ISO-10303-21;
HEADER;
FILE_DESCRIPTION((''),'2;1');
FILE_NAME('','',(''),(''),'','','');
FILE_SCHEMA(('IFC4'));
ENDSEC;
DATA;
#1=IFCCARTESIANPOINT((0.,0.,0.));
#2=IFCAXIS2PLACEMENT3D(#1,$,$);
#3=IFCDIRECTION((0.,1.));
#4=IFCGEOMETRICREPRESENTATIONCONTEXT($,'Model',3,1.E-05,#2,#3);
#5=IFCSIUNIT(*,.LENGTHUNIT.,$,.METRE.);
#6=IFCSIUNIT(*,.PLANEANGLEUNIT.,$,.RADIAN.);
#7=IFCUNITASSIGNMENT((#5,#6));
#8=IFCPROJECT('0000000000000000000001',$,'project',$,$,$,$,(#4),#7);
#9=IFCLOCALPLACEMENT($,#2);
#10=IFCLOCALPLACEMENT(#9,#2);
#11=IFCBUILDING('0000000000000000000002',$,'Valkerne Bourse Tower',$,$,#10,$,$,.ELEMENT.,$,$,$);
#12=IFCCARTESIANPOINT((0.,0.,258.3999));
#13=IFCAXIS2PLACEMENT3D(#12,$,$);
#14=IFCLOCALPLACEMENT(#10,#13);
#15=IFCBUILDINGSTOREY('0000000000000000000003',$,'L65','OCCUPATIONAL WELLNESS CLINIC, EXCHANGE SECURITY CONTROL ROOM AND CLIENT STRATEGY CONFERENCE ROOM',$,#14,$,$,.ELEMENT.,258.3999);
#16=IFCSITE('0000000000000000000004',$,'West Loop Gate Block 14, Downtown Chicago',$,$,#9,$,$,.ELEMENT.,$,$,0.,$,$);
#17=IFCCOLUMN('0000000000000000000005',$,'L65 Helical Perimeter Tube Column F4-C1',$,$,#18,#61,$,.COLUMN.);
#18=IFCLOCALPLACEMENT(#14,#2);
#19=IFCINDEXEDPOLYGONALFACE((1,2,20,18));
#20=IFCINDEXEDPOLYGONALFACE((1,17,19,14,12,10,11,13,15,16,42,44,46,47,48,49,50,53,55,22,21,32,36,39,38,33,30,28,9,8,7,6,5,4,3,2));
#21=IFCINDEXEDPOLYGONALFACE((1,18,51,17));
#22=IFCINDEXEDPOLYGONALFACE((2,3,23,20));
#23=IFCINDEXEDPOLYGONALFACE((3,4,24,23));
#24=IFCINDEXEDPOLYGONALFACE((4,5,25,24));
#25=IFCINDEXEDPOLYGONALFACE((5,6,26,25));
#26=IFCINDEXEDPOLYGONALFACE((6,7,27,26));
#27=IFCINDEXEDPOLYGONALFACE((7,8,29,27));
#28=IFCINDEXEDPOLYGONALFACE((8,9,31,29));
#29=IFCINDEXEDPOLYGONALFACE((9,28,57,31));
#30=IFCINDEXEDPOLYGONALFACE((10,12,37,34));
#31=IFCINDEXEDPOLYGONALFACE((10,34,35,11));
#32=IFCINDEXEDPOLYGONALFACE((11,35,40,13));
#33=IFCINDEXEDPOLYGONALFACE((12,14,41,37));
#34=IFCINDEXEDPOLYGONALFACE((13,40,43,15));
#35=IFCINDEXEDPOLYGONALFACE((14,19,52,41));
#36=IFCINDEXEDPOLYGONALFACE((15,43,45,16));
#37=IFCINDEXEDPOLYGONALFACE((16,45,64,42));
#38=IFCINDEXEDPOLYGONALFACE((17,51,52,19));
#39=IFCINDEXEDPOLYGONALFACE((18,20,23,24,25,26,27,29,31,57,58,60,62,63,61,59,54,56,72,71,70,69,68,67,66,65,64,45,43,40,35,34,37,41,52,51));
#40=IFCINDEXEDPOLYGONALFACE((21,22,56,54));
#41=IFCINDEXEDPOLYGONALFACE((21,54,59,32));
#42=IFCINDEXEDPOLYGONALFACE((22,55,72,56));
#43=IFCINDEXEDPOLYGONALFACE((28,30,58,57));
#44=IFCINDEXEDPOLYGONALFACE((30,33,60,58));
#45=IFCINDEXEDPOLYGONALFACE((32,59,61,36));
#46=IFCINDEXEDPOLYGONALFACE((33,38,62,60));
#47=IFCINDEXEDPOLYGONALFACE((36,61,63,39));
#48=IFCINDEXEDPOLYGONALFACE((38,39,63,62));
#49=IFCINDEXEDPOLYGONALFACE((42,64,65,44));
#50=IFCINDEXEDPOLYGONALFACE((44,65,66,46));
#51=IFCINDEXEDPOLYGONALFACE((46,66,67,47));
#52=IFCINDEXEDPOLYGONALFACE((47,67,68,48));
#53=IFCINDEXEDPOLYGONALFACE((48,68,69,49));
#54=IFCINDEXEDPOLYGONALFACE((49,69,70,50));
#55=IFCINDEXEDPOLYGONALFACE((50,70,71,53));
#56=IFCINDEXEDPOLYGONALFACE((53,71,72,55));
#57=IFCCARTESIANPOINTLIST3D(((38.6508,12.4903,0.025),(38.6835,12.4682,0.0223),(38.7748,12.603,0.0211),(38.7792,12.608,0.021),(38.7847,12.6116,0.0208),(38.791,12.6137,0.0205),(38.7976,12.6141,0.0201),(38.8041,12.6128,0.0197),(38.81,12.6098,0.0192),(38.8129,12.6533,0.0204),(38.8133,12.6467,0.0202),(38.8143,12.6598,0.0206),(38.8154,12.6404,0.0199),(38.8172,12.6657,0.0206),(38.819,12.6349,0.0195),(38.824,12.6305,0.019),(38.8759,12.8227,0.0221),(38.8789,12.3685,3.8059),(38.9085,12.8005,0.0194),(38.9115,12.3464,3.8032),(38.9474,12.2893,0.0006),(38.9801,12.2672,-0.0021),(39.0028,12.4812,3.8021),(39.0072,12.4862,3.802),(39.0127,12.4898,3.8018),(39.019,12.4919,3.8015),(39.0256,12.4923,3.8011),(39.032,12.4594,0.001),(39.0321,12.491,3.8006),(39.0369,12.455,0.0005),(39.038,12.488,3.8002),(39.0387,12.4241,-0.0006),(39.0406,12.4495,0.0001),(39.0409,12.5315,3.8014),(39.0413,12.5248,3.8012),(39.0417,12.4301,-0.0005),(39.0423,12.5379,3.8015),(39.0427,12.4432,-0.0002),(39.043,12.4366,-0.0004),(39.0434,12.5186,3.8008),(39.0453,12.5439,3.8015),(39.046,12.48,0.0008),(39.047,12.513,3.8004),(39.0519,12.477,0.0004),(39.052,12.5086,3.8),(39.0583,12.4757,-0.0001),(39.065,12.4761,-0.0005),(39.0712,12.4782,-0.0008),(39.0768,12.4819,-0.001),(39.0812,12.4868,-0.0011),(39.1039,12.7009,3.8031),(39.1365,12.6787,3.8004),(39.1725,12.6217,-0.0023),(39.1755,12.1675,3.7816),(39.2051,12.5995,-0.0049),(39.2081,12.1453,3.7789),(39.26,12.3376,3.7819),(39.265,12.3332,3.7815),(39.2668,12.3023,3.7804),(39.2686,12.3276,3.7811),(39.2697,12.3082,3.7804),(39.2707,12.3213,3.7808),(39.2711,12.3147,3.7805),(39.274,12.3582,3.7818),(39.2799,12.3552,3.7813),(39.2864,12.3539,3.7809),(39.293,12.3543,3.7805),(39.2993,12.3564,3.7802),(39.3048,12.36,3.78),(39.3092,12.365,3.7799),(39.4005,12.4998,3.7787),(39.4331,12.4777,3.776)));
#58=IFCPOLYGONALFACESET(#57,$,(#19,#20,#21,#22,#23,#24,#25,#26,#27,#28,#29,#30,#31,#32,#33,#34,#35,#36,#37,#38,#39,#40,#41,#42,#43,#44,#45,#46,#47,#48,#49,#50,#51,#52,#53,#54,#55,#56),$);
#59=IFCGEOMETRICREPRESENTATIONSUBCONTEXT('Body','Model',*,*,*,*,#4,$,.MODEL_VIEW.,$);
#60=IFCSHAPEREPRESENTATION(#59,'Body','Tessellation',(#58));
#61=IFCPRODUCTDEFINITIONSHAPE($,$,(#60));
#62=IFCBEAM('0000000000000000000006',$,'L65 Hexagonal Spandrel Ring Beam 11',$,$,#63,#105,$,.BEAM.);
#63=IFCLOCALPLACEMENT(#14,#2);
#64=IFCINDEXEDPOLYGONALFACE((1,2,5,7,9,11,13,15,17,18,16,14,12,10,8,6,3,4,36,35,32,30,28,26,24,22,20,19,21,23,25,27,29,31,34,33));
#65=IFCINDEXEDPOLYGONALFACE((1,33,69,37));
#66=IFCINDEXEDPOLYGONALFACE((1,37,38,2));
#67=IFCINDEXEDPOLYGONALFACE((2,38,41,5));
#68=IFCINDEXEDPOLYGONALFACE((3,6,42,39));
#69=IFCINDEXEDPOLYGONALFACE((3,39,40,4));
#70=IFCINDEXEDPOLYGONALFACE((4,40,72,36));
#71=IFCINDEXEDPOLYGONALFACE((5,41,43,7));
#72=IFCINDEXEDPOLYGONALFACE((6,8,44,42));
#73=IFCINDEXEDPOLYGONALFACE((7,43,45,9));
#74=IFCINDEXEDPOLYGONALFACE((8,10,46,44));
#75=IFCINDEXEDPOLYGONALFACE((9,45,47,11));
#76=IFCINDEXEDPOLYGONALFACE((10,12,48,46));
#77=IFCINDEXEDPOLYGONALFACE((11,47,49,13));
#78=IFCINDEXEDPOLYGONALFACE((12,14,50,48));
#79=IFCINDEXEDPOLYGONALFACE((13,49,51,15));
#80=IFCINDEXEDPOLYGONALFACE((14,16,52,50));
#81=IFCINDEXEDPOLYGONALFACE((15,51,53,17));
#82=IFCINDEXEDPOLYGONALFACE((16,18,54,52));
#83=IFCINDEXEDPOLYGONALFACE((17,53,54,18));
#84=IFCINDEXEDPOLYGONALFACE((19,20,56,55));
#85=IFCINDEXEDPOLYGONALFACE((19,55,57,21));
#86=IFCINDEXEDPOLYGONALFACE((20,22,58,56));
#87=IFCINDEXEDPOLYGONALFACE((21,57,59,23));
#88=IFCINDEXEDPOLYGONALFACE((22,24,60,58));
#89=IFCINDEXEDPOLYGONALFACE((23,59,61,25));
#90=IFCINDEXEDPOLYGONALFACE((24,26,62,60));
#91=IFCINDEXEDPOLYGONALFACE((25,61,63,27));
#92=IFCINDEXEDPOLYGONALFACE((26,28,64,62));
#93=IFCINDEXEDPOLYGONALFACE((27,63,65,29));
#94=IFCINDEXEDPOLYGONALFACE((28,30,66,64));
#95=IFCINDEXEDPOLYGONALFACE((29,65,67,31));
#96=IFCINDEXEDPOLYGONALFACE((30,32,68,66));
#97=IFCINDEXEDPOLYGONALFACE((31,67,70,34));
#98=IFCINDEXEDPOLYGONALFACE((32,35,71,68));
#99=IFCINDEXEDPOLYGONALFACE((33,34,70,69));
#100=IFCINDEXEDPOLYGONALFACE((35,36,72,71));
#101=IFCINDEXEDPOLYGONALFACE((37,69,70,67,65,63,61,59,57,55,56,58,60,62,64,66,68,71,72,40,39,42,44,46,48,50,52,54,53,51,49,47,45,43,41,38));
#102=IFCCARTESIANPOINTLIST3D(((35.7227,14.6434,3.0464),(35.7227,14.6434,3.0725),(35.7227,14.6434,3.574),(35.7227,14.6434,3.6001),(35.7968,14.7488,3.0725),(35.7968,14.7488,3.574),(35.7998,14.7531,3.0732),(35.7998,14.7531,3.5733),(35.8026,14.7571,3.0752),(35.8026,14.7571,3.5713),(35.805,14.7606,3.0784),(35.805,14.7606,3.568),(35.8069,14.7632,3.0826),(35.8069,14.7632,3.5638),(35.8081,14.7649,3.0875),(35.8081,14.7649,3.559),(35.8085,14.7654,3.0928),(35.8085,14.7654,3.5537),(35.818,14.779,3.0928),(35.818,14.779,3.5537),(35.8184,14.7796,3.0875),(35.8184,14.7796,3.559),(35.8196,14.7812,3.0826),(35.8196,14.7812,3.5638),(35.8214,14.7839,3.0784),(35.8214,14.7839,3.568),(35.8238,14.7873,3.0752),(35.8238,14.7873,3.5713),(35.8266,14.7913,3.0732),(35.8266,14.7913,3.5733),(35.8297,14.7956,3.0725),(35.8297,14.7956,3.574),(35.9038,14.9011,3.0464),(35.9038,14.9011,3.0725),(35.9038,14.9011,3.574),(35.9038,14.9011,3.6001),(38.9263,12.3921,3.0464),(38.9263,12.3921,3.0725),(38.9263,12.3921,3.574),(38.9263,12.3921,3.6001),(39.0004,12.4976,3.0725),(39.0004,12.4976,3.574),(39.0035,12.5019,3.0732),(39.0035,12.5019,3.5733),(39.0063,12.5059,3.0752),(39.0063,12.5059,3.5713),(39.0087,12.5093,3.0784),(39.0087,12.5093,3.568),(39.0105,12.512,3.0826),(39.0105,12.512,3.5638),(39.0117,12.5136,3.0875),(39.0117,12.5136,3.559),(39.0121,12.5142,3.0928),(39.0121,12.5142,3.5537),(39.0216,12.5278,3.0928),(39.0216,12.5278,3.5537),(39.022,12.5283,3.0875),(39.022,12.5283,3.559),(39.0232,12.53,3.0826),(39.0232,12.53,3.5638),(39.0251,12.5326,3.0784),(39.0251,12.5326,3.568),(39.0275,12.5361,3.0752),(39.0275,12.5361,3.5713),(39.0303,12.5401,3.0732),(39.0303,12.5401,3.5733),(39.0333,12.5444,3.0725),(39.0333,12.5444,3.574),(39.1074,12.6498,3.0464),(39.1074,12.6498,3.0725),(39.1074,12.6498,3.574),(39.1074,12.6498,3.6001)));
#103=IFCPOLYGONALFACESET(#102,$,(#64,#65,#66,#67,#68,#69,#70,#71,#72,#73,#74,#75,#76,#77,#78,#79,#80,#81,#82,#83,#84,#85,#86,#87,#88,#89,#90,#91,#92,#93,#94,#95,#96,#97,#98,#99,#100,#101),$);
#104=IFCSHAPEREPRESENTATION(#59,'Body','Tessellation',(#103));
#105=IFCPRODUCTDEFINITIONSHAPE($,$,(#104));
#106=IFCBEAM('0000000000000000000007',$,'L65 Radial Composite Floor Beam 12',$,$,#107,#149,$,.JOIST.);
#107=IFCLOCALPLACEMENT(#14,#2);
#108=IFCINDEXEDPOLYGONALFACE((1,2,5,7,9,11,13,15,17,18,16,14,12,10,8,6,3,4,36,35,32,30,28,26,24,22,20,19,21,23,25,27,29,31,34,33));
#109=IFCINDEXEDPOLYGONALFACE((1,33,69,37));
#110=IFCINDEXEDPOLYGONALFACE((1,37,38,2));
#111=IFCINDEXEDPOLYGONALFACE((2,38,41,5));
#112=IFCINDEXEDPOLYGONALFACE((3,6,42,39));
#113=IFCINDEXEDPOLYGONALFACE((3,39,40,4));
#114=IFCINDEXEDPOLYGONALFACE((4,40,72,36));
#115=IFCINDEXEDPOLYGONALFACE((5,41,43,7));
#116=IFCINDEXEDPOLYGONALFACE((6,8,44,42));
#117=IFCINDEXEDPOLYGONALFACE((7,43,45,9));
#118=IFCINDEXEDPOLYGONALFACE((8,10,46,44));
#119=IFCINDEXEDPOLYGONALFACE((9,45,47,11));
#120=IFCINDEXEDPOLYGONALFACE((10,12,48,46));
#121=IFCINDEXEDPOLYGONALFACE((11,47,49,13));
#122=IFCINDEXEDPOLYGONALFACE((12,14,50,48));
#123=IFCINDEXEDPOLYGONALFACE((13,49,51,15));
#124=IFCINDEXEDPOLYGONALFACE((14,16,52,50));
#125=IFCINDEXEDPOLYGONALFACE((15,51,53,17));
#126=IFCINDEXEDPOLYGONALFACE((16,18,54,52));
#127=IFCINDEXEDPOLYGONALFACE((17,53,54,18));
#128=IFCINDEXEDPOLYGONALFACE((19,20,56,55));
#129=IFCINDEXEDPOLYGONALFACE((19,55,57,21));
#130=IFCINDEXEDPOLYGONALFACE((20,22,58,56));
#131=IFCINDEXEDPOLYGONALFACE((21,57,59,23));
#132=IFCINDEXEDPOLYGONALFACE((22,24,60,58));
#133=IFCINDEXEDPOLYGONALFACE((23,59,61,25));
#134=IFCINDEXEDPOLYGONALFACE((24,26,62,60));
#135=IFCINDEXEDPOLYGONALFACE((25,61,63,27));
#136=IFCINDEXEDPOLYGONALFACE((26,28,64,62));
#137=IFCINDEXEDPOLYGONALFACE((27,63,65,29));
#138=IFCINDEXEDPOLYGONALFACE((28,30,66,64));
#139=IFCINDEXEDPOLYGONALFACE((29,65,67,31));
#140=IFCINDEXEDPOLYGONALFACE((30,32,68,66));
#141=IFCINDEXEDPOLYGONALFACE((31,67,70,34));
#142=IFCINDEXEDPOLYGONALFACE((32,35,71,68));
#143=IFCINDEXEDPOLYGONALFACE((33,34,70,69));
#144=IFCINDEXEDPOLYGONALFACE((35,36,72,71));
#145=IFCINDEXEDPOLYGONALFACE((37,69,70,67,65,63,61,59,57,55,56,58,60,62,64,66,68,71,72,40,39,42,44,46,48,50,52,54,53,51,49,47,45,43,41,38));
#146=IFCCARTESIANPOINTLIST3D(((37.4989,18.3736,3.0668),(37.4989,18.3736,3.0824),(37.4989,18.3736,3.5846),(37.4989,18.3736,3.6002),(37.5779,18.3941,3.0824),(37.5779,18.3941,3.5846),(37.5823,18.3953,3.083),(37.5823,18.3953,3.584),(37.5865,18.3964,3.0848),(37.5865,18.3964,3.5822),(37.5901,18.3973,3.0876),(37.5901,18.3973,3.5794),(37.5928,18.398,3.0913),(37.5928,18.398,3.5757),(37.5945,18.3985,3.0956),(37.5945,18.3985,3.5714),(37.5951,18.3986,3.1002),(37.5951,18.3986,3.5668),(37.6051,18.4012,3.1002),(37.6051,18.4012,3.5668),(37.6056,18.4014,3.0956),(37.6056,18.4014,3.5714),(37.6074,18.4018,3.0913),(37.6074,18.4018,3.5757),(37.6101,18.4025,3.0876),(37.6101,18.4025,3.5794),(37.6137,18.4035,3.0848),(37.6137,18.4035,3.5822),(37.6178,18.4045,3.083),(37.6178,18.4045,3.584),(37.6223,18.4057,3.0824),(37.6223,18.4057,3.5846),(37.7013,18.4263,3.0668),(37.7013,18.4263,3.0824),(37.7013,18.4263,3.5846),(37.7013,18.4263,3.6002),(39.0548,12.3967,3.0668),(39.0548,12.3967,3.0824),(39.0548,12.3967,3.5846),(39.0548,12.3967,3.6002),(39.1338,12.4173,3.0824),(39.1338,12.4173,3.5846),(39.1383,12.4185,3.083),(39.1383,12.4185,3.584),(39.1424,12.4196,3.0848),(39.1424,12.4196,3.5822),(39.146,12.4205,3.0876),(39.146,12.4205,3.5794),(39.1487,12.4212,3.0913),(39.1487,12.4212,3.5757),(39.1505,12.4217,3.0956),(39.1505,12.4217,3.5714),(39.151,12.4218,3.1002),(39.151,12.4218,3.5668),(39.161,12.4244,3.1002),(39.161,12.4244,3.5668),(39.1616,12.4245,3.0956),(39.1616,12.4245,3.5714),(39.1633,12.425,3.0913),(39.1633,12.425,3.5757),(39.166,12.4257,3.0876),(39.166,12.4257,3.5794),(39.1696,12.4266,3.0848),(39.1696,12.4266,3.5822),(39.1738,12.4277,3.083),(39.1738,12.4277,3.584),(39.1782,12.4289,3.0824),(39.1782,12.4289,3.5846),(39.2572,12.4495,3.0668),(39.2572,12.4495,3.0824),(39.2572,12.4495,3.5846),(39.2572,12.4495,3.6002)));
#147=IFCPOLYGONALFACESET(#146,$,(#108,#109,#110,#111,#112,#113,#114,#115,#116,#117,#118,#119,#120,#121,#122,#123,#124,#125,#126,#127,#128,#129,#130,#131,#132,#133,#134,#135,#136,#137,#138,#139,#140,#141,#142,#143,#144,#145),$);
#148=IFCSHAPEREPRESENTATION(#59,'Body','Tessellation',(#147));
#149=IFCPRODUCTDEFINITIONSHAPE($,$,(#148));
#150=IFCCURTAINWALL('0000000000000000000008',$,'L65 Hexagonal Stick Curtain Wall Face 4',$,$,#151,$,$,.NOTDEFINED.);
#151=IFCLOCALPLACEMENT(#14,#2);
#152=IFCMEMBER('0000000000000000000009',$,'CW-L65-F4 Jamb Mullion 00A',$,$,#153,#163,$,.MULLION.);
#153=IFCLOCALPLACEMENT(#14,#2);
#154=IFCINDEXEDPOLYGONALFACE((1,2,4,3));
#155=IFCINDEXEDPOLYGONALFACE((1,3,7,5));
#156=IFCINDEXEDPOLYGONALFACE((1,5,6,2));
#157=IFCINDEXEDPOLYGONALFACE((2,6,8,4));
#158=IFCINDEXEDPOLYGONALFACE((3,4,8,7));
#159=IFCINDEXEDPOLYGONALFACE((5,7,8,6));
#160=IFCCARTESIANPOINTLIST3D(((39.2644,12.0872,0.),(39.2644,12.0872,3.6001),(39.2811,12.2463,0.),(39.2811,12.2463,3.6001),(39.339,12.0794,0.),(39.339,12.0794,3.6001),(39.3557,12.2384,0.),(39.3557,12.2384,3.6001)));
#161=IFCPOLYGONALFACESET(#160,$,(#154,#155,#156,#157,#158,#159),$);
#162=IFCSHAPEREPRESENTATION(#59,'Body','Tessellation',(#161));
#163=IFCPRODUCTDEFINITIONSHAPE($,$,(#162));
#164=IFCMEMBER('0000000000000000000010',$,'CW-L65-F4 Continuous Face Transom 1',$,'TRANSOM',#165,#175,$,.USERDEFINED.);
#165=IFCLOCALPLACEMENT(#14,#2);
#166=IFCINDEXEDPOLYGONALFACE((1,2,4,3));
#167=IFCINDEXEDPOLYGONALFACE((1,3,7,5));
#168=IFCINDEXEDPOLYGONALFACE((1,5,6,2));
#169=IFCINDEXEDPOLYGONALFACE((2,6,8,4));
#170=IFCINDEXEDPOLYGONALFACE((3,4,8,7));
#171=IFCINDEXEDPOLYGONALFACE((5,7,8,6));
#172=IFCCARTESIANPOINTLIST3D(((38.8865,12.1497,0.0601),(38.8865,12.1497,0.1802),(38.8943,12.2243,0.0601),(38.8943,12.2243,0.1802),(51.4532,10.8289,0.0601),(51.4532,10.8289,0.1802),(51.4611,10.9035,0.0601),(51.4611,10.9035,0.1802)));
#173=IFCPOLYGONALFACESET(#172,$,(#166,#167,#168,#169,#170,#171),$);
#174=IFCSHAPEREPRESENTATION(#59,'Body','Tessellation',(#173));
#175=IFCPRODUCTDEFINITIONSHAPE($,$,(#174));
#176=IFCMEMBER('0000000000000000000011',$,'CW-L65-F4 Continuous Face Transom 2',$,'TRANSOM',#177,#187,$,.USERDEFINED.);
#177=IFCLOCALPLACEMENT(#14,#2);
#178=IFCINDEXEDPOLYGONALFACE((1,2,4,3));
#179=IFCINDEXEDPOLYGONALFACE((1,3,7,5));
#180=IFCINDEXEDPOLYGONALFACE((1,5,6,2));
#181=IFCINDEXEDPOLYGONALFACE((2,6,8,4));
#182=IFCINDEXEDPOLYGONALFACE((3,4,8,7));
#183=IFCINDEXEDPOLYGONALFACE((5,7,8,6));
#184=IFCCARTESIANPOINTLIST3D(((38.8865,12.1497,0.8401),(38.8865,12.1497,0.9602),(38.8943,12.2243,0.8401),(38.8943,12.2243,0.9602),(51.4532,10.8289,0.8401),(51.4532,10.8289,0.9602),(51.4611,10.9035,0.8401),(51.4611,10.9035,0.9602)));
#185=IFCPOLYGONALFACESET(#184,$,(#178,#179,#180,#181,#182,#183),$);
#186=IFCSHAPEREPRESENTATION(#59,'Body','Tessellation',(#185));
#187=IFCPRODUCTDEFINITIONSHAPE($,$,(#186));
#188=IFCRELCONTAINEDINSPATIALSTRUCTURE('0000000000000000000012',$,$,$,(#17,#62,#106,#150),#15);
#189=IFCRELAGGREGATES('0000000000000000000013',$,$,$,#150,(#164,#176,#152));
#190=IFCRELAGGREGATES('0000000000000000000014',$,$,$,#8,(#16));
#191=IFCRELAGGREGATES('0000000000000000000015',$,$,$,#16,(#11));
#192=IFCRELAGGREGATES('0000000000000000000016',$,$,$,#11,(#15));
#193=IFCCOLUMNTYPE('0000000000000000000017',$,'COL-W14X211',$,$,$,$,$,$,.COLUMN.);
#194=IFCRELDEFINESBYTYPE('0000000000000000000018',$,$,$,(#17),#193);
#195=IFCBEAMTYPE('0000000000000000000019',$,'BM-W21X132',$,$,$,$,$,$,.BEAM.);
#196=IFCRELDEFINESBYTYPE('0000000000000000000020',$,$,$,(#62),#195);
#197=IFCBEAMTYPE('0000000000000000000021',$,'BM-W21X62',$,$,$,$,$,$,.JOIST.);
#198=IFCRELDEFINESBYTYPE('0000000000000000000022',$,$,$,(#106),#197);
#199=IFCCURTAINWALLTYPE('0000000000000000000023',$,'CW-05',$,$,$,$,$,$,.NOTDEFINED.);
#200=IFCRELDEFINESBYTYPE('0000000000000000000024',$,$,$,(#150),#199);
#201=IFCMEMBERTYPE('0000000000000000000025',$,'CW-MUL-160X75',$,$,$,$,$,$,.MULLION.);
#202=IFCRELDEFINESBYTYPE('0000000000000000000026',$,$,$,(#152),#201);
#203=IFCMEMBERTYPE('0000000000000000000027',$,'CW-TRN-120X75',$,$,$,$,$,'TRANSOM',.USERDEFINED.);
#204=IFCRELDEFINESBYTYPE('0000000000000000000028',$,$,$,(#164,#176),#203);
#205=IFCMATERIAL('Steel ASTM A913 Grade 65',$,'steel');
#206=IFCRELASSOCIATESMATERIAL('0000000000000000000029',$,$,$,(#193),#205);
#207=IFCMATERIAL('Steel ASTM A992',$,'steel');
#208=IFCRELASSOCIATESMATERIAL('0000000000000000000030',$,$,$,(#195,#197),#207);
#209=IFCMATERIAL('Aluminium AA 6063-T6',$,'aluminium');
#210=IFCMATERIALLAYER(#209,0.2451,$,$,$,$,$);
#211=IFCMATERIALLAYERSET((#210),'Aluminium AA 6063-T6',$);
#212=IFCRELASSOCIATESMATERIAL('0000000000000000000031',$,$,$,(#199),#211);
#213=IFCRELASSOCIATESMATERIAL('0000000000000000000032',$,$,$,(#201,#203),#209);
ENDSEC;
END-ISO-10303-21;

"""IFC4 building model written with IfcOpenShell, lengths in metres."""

from ifc_helpers import new_model, si_unit, direction, frame, origin, origin_2d, place, context, subcontext, project, spatial, rectangle, i_section, extrude, material, layer, layer_set, material_profile, profile_set, type_object, element, aggregate, save


model = new_model("IFC4")

# Units and contexts
model_context = context("Model", 3, precision=1e-05, world=origin(), true_north=direction((0.0, 1.0)))
body_context = subcontext(model_context, "Body", "Model", "MODEL_VIEW")
ifc_project = project(units=[si_unit("LENGTHUNIT", "METRE"), si_unit("PLANEANGLEUNIT", "RADIAN")], contexts=[model_context])

# Site, building, storey
site_placement = place(None, origin())
site = spatial("IfcSite", under=ifc_project, at=site_placement, Name="West Loop Gate Block 14, Downtown Chicago", CompositionType="ELEMENT", RefElevation=0.0)
building_placement = place(site_placement, origin())
building = spatial("IfcBuilding", under=site, at=building_placement, Name="Valkerne Bourse Tower", CompositionType="ELEMENT")
storey_placement = place(building_placement, frame((0.0, 0.0, 258.3999)))
storey = spatial("IfcBuildingStorey", under=building, at=storey_placement, Name="L65", Description="OCCUPATIONAL WELLNESS CLINIC, EXCHANGE SECURITY CONTROL ROOM AND CLIENT STRATEGY CONFERENCE ROOM", CompositionType="ELEMENT", Elevation=258.3999)

# Column
ifc_material_1 = material(Name="Steel ASTM A913 Grade 65", Category="steel")
ifc_material_profile_1 = material_profile(ifc_material_1, i_section(OverallWidth=0.4014, OverallDepth=0.3987, WebThickness=0.0249, FlangeThickness=0.0396, FilletRadius=0.0254, at=origin_2d()), Name="W14X211")
ifc_profile_set_1 = profile_set([ifc_material_profile_1], Name="Steel ASTM A913 Grade 65")
column_type = type_object("IfcColumnType", Name="COL-W14X211", PredefinedType="COLUMN", material=ifc_profile_set_1)
column_placement = place(storey_placement, frame((38.928, 12.5449, 0.01), z_axis=(0.060168, -0.032146, 0.997671), x_axis=(0.560625, 0.828039, -0.007131)))
element("IfcColumn", 1, at=column_placement, inside=storey, type_object=column_type, Name="L65 Helical Perimeter Tube Column F4-C1", PredefinedType="COLUMN", context=body_context, shape_type="SweptSolid", body=[
    extrude(i_section(OverallWidth=0.4014, OverallDepth=0.3987, WebThickness=0.0249, FlangeThickness=0.0396, FilletRadius=0.0254, at=origin_2d()), origin(), (0.0, 0.0, 1.0), 3.7898),
])

# Beams
ifc_material_2 = material(Name="Steel ASTM A992", Category="steel")
ifc_material_profile_2 = material_profile(ifc_material_2, i_section(OverallWidth=0.3149, OverallDepth=0.5537, WebThickness=0.0166, FlangeThickness=0.0261, FilletRadius=0.0203, at=origin_2d()), Name="W21X132")
ifc_profile_set_2 = profile_set([ifc_material_profile_2], Name="Steel ASTM A992")
beam_type_1 = type_object("IfcBeamType", Name="BM-W21X132", PredefinedType="BEAM", material=ifc_profile_set_2)
beam_1_placement = place(storey_placement, frame((35.8132, 14.7722, 3.3232), z_axis=(0.818188, -0.574951, 0.0), x_axis=(0.574951, 0.818188, 0.0)))
element("IfcBeam", 2, at=beam_1_placement, inside=storey, type_object=beam_type_1, Name="L65 Hexagonal Spandrel Ring Beam 11", PredefinedType="BEAM", context=body_context, shape_type="SweptSolid", body=[
    extrude(i_section(OverallWidth=0.3149, OverallDepth=0.5537, WebThickness=0.0166, FlangeThickness=0.0261, FilletRadius=0.0203, at=origin_2d()), origin(), (0.0, 0.0, 1.0), 3.9155),
])
ifc_material_profile_3 = material_profile(ifc_material_2, i_section(OverallWidth=0.2092, OverallDepth=0.5334, WebThickness=0.0103, FlangeThickness=0.0156, FilletRadius=0.0178, at=origin_2d()), Name="W21X62")
ifc_profile_set_3 = profile_set([ifc_material_profile_3], Name="Steel ASTM A992")
beam_type_2 = type_object("IfcBeamType", Name="BM-W21X62", PredefinedType="JOIST", material=ifc_profile_set_3)
beam_2_placement = place(storey_placement, frame((39.156, 12.4231, 3.3335), z_axis=(-0.251928, 0.967746, 0.0), x_axis=(-0.967746, -0.251928, 0.0)))
element("IfcBeam", 3, at=beam_2_placement, inside=storey, type_object=beam_type_2, Name="L65 Radial Composite Floor Beam 12", PredefinedType="JOIST", context=body_context, shape_type="SweptSolid", body=[
    extrude(i_section(OverallWidth=0.2092, OverallDepth=0.5334, WebThickness=0.0103, FlangeThickness=0.0156, FilletRadius=0.0178, at=origin_2d()), origin(), (0.0, 0.0, 1.0), 6.176),
])

# Curtain wall, members
ifc_material_3 = material(Name="Aluminium AA 6063-T6", Category="aluminium")
ifc_layer_1 = layer(ifc_material_3, 0.2451)
ifc_layer_set_1 = layer_set([ifc_layer_1], Name="Aluminium AA 6063-T6")
curtain_wall_type = type_object("IfcCurtainWallType", Name="CW-05", PredefinedType="NOTDEFINED", material=ifc_layer_set_1)
curtain_wall_placement = place(storey_placement, origin())
curtain_wall = element("IfcCurtainWall", 4, at=curtain_wall_placement, inside=storey, type_object=curtain_wall_type, Name="L65 Hexagonal Stick Curtain Wall Face 4", PredefinedType="NOTDEFINED")
ifc_material_profile_4 = material_profile(ifc_material_3, rectangle(XDim=0.075, YDim=0.1599, at=origin_2d()), Name="CWM-75X160")
ifc_profile_set_4 = profile_set([ifc_material_profile_4], Name="Aluminium AA 6063-T6")
member_type_1 = type_object("IfcMemberType", Name="CW-MUL-160X75", PredefinedType="MULLION", material=ifc_profile_set_4)
member_1_placement = place(storey_placement, frame((39.3101, 12.1628, 0.0), z_axis=(0.0, 0.0, 1.0), x_axis=(0.994524, -0.104512, 0.0)))
member_1 = element("IfcMember", 5, at=member_1_placement, type_object=member_type_1, Name="CW-L65-F4 Jamb Mullion 00A", PredefinedType="MULLION", context=body_context, shape_type="SweptSolid", body=[
    extrude(rectangle(XDim=0.075, YDim=0.1599, at=origin_2d()), origin(), (0.0, 0.0, 1.0), 3.6001),
])
ifc_material_profile_5 = material_profile(ifc_material_3, rectangle(XDim=0.075, YDim=0.1201, at=origin_2d()), Name="CWT-75X120")
ifc_profile_set_5 = profile_set([ifc_material_profile_5], Name="Aluminium AA 6063-T6")
member_type_2 = type_object("IfcMemberType", Name="CW-TRN-120X75", ElementType="TRANSOM", PredefinedType="USERDEFINED", material=ifc_profile_set_5)
member_2_placement = place(storey_placement, frame((38.8904, 12.187, 0.1201), z_axis=(0.994522, -0.104528, 0.0), x_axis=(0.104528, 0.994522, 0.0)))
member_2 = element("IfcMember", 6, at=member_2_placement, type_object=member_type_2, Name="CW-L65-F4 Continuous Face Transom 1", ObjectType="TRANSOM", PredefinedType="USERDEFINED", context=body_context, shape_type="SweptSolid", body=[
    extrude(rectangle(XDim=0.075, YDim=0.1201, at=origin_2d()), origin(), (0.0, 0.0, 1.0), 12.636),
])
member_3_placement = place(storey_placement, frame((38.8904, 12.187, 0.9001), z_axis=(0.994522, -0.104528, 0.0), x_axis=(0.104528, 0.994522, 0.0)))
member_3 = element("IfcMember", 7, at=member_3_placement, type_object=member_type_2, Name="CW-L65-F4 Continuous Face Transom 2", ObjectType="TRANSOM", PredefinedType="USERDEFINED", context=body_context, shape_type="SweptSolid", body=[
    extrude(rectangle(XDim=0.075, YDim=0.1201, at=origin_2d()), origin(), (0.0, 0.0, 1.0), 12.636),
])
aggregate(curtain_wall, [member_2, member_3, member_1])

save(model, "model.ifc")
